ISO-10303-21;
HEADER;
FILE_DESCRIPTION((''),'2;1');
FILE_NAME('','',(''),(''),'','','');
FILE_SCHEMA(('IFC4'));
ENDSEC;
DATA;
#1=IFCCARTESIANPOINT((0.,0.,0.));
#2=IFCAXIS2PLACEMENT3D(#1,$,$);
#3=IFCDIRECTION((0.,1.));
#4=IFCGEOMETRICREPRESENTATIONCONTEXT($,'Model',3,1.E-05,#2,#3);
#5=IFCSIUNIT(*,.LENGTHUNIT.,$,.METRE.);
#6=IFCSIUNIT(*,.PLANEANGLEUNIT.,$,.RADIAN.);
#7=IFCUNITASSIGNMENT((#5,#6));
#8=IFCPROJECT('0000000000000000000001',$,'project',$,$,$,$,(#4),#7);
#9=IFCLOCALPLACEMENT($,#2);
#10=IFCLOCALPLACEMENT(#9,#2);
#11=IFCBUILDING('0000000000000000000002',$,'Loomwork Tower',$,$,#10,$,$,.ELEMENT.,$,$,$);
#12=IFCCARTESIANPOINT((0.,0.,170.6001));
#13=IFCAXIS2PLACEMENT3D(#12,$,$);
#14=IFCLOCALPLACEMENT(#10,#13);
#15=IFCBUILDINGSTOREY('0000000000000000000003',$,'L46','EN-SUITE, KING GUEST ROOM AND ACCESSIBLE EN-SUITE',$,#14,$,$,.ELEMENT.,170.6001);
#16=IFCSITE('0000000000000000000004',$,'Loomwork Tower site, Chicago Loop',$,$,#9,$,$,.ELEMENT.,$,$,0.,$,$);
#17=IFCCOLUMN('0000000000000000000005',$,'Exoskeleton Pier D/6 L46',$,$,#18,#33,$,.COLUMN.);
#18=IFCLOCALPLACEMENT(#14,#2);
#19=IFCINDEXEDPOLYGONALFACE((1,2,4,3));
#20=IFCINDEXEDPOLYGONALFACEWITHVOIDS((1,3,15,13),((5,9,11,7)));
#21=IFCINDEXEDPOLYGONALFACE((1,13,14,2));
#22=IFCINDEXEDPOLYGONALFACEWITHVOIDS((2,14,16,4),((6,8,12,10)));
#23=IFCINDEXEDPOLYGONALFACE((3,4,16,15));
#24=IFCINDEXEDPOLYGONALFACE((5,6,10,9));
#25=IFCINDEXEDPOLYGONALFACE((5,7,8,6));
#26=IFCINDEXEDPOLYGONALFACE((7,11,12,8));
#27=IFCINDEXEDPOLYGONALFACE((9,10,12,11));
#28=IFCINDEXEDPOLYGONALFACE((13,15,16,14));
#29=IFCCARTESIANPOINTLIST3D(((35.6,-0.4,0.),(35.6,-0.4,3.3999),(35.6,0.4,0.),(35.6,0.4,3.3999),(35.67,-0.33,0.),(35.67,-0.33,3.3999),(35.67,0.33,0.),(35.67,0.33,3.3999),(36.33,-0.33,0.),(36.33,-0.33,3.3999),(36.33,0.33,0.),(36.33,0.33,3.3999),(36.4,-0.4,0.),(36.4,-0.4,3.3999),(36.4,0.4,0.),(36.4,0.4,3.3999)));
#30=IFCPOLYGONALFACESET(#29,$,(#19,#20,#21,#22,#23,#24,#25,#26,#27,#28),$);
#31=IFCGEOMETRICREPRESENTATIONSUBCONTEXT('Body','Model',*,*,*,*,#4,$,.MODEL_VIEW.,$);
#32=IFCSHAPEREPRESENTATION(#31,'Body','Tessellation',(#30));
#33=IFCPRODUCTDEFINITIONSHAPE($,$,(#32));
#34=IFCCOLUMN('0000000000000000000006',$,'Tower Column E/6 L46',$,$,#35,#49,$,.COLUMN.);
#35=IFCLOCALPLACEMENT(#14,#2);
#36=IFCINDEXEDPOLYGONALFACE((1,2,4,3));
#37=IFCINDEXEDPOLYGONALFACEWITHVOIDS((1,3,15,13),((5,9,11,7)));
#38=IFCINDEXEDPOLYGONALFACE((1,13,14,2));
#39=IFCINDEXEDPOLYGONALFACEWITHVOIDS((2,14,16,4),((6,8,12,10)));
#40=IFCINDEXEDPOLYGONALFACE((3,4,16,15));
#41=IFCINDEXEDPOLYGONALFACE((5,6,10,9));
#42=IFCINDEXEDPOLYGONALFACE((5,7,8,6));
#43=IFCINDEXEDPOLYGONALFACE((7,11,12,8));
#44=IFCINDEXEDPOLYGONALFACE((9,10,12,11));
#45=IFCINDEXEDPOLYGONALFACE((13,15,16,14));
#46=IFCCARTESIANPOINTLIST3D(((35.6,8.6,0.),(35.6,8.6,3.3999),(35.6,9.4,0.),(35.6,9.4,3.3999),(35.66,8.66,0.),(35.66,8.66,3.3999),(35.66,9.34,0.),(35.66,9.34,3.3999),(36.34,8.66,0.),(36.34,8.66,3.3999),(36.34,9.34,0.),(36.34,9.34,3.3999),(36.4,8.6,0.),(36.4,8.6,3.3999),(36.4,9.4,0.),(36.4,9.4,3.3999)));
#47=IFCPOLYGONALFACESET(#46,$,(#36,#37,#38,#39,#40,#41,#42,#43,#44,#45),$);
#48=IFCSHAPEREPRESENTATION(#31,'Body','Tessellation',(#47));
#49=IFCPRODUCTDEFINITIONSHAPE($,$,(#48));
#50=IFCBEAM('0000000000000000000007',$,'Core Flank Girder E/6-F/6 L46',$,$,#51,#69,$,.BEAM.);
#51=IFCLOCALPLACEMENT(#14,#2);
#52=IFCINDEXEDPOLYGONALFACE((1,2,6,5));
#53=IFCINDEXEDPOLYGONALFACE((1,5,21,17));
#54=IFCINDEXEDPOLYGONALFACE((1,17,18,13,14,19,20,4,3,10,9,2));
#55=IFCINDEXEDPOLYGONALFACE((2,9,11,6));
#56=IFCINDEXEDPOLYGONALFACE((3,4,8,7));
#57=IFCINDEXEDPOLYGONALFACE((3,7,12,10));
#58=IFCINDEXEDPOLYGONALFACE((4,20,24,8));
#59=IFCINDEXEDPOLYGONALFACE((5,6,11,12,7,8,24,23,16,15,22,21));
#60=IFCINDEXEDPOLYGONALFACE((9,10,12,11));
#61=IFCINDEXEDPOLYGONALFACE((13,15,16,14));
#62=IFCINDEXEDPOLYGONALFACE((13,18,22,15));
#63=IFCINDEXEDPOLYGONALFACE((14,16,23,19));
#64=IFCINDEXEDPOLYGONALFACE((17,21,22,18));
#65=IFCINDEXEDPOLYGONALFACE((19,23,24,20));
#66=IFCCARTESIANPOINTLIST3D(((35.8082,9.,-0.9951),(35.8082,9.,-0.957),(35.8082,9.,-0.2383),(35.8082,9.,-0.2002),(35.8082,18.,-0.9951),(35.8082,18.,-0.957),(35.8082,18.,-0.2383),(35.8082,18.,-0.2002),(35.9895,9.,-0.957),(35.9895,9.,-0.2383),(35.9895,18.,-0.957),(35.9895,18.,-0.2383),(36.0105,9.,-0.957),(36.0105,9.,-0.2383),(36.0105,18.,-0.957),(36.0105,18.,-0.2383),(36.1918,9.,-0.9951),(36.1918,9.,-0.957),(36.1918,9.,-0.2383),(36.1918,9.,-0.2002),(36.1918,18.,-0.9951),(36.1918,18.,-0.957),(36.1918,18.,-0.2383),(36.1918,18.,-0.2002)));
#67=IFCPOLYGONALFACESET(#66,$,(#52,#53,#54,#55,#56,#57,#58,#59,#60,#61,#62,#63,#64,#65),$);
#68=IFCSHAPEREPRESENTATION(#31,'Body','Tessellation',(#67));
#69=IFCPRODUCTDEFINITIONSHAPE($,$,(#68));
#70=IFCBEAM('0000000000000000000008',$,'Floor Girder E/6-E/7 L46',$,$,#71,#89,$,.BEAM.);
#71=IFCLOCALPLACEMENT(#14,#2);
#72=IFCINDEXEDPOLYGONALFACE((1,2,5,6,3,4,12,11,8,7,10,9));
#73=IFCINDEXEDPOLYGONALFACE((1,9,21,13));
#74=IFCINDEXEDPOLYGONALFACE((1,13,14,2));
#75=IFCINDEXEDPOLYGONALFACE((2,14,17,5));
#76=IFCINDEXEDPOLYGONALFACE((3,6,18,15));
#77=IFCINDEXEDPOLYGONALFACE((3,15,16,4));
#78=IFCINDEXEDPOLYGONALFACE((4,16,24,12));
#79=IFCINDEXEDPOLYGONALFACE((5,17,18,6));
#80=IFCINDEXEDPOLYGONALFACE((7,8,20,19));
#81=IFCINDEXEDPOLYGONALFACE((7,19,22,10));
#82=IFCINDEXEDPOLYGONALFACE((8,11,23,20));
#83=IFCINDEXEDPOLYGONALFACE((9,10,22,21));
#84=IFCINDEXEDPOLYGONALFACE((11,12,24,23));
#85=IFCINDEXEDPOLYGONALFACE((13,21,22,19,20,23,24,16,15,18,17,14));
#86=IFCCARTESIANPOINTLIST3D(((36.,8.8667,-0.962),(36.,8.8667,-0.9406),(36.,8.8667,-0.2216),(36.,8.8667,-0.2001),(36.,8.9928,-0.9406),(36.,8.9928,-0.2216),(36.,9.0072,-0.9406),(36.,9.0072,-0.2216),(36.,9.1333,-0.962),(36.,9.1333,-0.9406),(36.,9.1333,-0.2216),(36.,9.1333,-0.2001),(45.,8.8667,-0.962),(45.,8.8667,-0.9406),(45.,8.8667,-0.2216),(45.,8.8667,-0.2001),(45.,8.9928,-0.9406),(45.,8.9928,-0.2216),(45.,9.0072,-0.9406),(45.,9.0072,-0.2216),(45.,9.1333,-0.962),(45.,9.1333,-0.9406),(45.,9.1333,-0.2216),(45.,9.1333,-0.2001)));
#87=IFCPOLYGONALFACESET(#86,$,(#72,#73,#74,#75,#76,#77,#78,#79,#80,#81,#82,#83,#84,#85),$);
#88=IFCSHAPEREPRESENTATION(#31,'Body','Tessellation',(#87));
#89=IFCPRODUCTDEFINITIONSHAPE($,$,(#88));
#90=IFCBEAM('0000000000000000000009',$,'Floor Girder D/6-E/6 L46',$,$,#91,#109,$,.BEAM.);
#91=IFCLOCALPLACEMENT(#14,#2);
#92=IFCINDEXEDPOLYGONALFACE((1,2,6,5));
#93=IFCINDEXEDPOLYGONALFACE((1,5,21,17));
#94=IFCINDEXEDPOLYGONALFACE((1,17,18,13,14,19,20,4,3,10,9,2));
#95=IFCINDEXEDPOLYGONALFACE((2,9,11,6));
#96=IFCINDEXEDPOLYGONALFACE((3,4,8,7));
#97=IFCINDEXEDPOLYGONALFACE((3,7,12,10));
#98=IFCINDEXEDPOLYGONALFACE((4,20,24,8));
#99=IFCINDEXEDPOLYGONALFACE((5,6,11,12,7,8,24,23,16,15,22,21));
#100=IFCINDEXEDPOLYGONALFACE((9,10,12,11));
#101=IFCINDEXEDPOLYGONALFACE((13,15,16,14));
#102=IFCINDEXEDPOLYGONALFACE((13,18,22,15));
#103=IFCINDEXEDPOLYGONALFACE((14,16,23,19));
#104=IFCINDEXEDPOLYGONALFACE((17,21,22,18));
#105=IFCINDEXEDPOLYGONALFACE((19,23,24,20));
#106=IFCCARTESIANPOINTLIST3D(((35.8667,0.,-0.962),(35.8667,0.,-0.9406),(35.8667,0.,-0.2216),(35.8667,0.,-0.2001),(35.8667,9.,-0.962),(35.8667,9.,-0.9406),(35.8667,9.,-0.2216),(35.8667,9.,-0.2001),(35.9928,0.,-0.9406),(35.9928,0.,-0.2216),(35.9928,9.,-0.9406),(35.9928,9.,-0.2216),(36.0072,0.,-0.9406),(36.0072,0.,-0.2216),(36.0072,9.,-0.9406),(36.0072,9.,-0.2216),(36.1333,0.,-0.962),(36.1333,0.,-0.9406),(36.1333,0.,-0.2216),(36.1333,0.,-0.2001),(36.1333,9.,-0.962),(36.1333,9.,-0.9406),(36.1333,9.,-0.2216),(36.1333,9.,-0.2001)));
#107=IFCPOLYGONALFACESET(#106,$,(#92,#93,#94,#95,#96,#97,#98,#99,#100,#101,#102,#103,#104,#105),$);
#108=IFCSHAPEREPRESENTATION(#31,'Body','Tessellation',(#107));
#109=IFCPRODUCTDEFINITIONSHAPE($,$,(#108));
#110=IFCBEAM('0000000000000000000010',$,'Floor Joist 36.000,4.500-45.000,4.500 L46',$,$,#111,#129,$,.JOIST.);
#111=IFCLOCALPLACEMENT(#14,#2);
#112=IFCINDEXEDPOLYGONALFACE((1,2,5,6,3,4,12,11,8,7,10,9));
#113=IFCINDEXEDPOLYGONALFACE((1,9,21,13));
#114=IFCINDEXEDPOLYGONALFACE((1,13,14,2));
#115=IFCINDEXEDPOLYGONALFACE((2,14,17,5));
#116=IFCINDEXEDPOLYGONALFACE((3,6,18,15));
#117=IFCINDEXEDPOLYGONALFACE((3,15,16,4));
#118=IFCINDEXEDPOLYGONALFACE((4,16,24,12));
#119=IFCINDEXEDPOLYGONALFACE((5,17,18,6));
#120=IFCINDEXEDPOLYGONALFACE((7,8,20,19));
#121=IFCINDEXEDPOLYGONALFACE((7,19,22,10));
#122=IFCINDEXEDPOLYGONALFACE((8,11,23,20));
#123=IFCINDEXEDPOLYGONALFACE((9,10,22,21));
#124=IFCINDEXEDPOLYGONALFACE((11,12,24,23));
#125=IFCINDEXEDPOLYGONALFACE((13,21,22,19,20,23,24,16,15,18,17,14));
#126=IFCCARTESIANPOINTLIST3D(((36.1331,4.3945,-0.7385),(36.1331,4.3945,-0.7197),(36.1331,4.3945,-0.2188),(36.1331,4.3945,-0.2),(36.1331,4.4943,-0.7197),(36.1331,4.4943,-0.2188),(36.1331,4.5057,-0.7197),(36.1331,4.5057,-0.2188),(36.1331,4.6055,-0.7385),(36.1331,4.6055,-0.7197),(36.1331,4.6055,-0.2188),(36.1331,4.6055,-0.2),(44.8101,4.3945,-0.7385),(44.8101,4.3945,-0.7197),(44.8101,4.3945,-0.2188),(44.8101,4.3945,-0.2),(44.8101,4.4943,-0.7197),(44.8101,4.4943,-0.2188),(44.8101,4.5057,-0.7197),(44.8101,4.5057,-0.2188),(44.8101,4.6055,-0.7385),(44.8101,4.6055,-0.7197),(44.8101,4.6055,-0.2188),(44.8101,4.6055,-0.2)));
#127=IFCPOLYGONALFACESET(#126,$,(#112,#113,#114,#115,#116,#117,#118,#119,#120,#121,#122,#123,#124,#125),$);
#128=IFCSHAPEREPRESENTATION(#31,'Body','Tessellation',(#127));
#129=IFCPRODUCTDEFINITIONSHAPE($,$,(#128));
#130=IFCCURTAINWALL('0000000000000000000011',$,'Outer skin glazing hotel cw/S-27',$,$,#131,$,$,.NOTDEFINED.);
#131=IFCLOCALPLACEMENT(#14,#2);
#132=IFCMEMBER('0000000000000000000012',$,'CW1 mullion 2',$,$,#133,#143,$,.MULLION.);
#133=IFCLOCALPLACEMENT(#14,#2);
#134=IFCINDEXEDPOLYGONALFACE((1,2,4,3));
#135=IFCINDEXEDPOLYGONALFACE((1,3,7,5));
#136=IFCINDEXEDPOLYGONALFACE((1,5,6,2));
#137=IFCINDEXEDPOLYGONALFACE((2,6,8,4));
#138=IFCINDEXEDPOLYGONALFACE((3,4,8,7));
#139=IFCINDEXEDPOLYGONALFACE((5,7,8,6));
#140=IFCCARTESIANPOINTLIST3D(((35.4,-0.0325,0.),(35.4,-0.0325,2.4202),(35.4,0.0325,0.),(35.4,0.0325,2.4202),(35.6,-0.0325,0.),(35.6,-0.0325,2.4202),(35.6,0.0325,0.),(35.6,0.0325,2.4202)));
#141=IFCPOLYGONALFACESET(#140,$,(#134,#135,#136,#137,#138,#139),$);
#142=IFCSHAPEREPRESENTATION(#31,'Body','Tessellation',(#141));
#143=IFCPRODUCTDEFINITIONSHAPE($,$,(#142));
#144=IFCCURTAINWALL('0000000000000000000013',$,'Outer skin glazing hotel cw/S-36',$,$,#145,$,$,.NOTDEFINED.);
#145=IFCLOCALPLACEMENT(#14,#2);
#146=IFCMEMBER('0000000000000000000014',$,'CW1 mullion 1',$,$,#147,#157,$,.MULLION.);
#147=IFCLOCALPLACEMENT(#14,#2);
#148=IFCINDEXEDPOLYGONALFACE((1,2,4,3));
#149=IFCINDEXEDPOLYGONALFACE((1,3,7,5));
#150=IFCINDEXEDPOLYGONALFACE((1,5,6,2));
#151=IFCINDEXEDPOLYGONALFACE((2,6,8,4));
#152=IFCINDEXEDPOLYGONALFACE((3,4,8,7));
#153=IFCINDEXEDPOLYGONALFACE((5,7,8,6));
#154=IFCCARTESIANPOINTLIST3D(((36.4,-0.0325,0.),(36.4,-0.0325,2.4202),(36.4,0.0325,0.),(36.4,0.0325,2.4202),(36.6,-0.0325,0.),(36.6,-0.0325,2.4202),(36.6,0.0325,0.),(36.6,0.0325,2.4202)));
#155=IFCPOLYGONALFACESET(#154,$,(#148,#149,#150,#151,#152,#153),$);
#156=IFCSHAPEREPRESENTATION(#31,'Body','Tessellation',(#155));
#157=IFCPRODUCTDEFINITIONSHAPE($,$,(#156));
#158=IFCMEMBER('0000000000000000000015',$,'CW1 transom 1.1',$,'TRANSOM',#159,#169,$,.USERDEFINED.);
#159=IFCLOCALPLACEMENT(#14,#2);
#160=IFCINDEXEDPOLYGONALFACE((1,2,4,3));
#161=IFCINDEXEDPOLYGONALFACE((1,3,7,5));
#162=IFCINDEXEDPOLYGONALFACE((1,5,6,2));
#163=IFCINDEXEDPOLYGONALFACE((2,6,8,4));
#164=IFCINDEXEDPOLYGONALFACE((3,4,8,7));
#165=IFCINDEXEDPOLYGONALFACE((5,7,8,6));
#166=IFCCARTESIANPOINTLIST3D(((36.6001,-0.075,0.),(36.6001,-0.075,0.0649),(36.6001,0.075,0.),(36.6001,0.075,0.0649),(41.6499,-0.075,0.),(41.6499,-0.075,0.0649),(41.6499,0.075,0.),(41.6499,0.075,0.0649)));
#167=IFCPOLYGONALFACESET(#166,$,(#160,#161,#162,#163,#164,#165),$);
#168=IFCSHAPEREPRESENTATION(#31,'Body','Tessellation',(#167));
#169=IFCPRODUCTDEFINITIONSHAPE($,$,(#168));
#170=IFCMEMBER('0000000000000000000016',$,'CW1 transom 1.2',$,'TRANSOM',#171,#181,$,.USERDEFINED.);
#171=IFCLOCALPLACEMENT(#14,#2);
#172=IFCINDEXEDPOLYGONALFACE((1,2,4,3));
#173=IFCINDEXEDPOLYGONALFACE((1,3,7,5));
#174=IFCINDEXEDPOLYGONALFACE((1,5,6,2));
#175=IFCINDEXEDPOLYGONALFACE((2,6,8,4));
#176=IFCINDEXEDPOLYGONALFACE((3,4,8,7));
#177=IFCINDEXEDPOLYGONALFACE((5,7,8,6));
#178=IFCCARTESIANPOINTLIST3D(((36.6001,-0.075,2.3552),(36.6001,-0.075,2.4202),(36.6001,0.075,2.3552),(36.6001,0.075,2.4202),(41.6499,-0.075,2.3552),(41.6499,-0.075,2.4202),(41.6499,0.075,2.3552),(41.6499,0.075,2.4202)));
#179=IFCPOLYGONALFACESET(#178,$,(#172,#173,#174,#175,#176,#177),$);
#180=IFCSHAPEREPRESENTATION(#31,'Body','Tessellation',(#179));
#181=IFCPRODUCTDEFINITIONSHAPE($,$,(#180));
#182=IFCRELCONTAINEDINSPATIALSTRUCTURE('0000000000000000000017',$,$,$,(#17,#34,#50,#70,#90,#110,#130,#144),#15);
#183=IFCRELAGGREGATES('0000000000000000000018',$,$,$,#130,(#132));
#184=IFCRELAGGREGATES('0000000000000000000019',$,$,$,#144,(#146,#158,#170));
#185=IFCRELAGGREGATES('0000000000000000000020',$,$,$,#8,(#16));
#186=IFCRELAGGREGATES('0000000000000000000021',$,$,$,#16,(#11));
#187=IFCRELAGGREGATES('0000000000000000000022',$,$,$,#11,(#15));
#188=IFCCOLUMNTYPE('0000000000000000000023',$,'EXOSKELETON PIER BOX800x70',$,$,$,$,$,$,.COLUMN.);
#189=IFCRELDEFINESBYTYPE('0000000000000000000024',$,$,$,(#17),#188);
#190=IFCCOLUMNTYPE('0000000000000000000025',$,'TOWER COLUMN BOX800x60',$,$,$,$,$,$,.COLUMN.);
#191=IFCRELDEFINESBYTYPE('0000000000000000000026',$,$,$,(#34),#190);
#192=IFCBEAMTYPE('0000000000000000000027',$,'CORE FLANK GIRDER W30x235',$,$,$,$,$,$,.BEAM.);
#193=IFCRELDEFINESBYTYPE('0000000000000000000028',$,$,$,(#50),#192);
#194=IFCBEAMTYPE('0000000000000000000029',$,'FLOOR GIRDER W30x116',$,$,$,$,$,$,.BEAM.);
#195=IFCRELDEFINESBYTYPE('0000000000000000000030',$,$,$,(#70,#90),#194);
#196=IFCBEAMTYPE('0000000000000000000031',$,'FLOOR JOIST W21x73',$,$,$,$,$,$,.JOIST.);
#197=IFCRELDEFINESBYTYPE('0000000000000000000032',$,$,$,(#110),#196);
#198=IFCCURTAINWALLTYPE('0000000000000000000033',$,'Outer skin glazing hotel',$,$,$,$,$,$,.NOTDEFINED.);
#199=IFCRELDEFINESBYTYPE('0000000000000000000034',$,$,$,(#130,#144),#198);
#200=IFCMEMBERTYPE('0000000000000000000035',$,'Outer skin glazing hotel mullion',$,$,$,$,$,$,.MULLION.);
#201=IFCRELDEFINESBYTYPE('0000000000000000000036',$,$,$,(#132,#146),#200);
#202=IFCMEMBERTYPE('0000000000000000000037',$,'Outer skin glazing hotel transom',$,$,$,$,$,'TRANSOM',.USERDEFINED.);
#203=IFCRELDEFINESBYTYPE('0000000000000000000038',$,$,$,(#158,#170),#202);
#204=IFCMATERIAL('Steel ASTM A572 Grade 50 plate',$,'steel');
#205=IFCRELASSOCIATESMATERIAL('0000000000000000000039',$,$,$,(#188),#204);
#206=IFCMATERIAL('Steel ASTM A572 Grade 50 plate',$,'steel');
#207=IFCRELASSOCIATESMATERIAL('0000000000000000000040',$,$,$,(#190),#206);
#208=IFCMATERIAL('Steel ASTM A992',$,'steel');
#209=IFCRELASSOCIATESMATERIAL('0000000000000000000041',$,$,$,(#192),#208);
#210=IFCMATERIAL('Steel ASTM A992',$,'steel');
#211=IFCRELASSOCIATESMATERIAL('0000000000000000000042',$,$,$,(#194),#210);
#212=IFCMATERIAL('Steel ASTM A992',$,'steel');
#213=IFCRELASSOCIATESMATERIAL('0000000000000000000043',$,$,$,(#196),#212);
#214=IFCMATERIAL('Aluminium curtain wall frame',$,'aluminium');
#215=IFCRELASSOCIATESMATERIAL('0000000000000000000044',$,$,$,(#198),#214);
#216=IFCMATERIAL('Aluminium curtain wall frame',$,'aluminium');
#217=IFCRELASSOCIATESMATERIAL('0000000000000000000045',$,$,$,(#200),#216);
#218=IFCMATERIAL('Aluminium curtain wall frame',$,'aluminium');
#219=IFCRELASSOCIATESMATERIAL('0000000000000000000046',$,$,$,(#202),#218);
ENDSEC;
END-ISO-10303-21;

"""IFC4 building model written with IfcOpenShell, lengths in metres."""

from ifc_helpers import new_model, si_unit, direction, frame, origin, origin_2d, place, context, subcontext, project, spatial, rectangle, hollow_rectangle, i_section, extrude, material, material_profile, profile_set, type_object, element, aggregate, save


model = new_model("IFC4")

# Units and contexts
model_context = context("Model", 3, precision=1e-05, world=origin(), true_north=direction((0.0, 1.0)))
body_context = subcontext(model_context, "Body", "Model", "MODEL_VIEW")
ifc_project = project(units=[si_unit("LENGTHUNIT", "METRE"), si_unit("PLANEANGLEUNIT", "RADIAN")], contexts=[model_context])

# Site, building, storey
site_placement = place(None, origin())
site = spatial("IfcSite", under=ifc_project, at=site_placement, Name="Loomwork Tower site, Chicago Loop", CompositionType="ELEMENT", RefElevation=0.0)
building_placement = place(site_placement, origin())
building = spatial("IfcBuilding", under=site, at=building_placement, Name="Loomwork Tower", CompositionType="ELEMENT")
storey_placement = place(building_placement, frame((0.0, 0.0, 170.6001)))
storey = spatial("IfcBuildingStorey", under=building, at=storey_placement, Name="L46", Description="EN-SUITE, KING GUEST ROOM AND ACCESSIBLE EN-SUITE", CompositionType="ELEMENT", Elevation=170.6001)

# Columns
ifc_material_1 = material(Name="Steel ASTM A572 Grade 50 plate", Category="steel")
ifc_material_profile_1 = material_profile(ifc_material_1, hollow_rectangle(XDim=0.8, YDim=0.8, WallThickness=0.0701, at=origin_2d()), Name="BOX800x70")
ifc_profile_set_1 = profile_set([ifc_material_profile_1], Name="Steel ASTM A572 Grade 50 plate")
column_type_1 = type_object("IfcColumnType", Name="EXOSKELETON PIER BOX800x70", PredefinedType="COLUMN", material=ifc_profile_set_1)
column_1_placement = place(storey_placement, frame((36.0, 0.0, 0.0), z_axis=(0.0, 0.0, 1.0), x_axis=(1.0, 0.0, 0.0)))
element("IfcColumn", 1, at=column_1_placement, inside=storey, type_object=column_type_1, Name="Exoskeleton Pier D/6 L46", PredefinedType="COLUMN", context=body_context, shape_type="SweptSolid", body=[
    extrude(hollow_rectangle(XDim=0.8, YDim=0.8, WallThickness=0.0701, at=origin_2d()), origin(), (0.0, 0.0, 1.0), 3.3999),
])
ifc_material_2 = material(Name="Steel ASTM A572 Grade 50 plate", Category="steel")
ifc_material_profile_2 = material_profile(ifc_material_2, hollow_rectangle(XDim=0.8, YDim=0.8, WallThickness=0.0601, at=origin_2d()), Name="BOX800x60")
ifc_profile_set_2 = profile_set([ifc_material_profile_2], Name="Steel ASTM A572 Grade 50 plate")
column_type_2 = type_object("IfcColumnType", Name="TOWER COLUMN BOX800x60", PredefinedType="COLUMN", material=ifc_profile_set_2)
column_2_placement = place(storey_placement, frame((36.0, 9.0, 0.0), z_axis=(0.0, 0.0, 1.0), x_axis=(0.0, 1.0, 0.0)))
element("IfcColumn", 2, at=column_2_placement, inside=storey, type_object=column_type_2, Name="Tower Column E/6 L46", PredefinedType="COLUMN", context=body_context, shape_type="SweptSolid", body=[
    extrude(hollow_rectangle(XDim=0.8, YDim=0.8, WallThickness=0.0601, at=origin_2d()), origin(), (0.0, 0.0, 1.0), 3.3999),
])

# Beams
ifc_material_3 = material(Name="Steel ASTM A992", Category="steel")
ifc_material_profile_3 = material_profile(ifc_material_3, i_section(OverallWidth=0.3835, OverallDepth=0.7949, WebThickness=0.021, FlangeThickness=0.0381, at=origin_2d()), Name="W30x235")
ifc_profile_set_3 = profile_set([ifc_material_profile_3], Name="Steel ASTM A992")
beam_type_1 = type_object("IfcBeamType", Name="CORE FLANK GIRDER W30x235", PredefinedType="BEAM", material=ifc_profile_set_3)
beam_1_placement = place(storey_placement, frame((36.0, 9.0, -0.5977), z_axis=(0.0, 1.0, 0.0), x_axis=(-1.0, 0.0, 0.0)))
element("IfcBeam", 3, at=beam_1_placement, inside=storey, type_object=beam_type_1, Name="Core Flank Girder E/6-F/6 L46", PredefinedType="BEAM", context=body_context, shape_type="SweptSolid", body=[
    extrude(i_section(OverallWidth=0.3835, OverallDepth=0.7949, WebThickness=0.021, FlangeThickness=0.0381, at=origin_2d()), origin(), (0.0, 0.0, 1.0), 9.0),
])
ifc_material_4 = material(Name="Steel ASTM A992", Category="steel")
ifc_material_profile_4 = material_profile(ifc_material_4, i_section(OverallWidth=0.2666, OverallDepth=0.762, WebThickness=0.0144, FlangeThickness=0.0215, at=origin_2d()), Name="W30x116")
ifc_profile_set_4 = profile_set([ifc_material_profile_4], Name="Steel ASTM A992")
beam_type_2 = type_object("IfcBeamType", Name="FLOOR GIRDER W30x116", PredefinedType="BEAM", material=ifc_profile_set_4)
for number, where, z_axis, x_axis, name in (
    (4, (36.0, 9.0, -0.5811), (1.0, 0.0, 0.0), (0.0, 1.0, 0.0), "Floor Girder E/6-E/7 L46"),
    (5, (36.0, 0.0, -0.5811), (0.0, 1.0, 0.0), (-1.0, 0.0, 0.0), "Floor Girder D/6-E/6 L46"),
):
    element("IfcBeam", number, at=place(storey_placement, frame(where, z_axis=z_axis, x_axis=x_axis)), inside=storey, type_object=beam_type_2, Name=name, PredefinedType="BEAM", context=body_context, shape_type="SweptSolid", body=[
        extrude(i_section(OverallWidth=0.2666, OverallDepth=0.762, WebThickness=0.0144, FlangeThickness=0.0215, at=origin_2d()), origin(), (0.0, 0.0, 1.0), 9.0),
    ])
ifc_material_5 = material(Name="Steel ASTM A992", Category="steel")
ifc_material_profile_5 = material_profile(ifc_material_5, i_section(OverallWidth=0.2109, OverallDepth=0.5386, WebThickness=0.0115, FlangeThickness=0.0188, at=origin_2d()), Name="W21x73")
ifc_profile_set_5 = profile_set([ifc_material_profile_5], Name="Steel ASTM A992")
beam_type_3 = type_object("IfcBeamType", Name="FLOOR JOIST W21x73", PredefinedType="JOIST", material=ifc_profile_set_5)
beam_2_placement = place(storey_placement, frame((36.1331, 4.5, -0.4692), z_axis=(1.0, 0.0, 0.0), x_axis=(0.0, 1.0, 0.0)))
element("IfcBeam", 6, at=beam_2_placement, inside=storey, type_object=beam_type_3, Name="Floor Joist 36.000,4.500-45.000,4.500 L46", PredefinedType="JOIST", context=body_context, shape_type="SweptSolid", body=[
    extrude(i_section(OverallWidth=0.2109, OverallDepth=0.5386, WebThickness=0.0115, FlangeThickness=0.0188, at=origin_2d()), origin(), (0.0, 0.0, 1.0), 8.677),
])

# Curtain wall, member
ifc_material_6 = material(Name="Aluminium curtain wall frame", Category="aluminium")
curtain_wall_type = type_object("IfcCurtainWallType", Name="Outer skin glazing hotel", PredefinedType="NOTDEFINED", material=ifc_material_6)
curtain_wall_1_placement = place(storey_placement, origin())
curtain_wall_1 = element("IfcCurtainWall", 7, at=curtain_wall_1_placement, inside=storey, type_object=curtain_wall_type, Name="Outer skin glazing hotel cw/S-27", PredefinedType="NOTDEFINED")
ifc_material_7 = material(Name="Aluminium curtain wall frame", Category="aluminium")
ifc_material_profile_6 = material_profile(ifc_material_7, rectangle(XDim=0.0649, YDim=0.2, at=origin_2d()), Name="AL 65x200")
ifc_profile_set_6 = profile_set([ifc_material_profile_6], Name="Aluminium curtain wall frame")
member_type_1 = type_object("IfcMemberType", Name="Outer skin glazing hotel mullion", PredefinedType="MULLION", material=ifc_profile_set_6)
member_1_placement = place(storey_placement, frame((35.5, 0.0, 0.0), z_axis=(0.0, 0.0, 1.0), x_axis=(0.0, 1.0, 0.0)))
member_1 = element("IfcMember", 8, at=member_1_placement, type_object=member_type_1, Name="CW1 mullion 2", PredefinedType="MULLION", context=body_context, shape_type="SweptSolid", body=[
    extrude(rectangle(XDim=0.0649, YDim=0.2, at=origin_2d()), origin(), (0.0, 0.0, 1.0), 2.4202),
])
aggregate(curtain_wall_1, [member_1])

# Curtain wall, members
curtain_wall_2_placement = place(storey_placement, origin())
curtain_wall_2 = element("IfcCurtainWall", 9, at=curtain_wall_2_placement, inside=storey, type_object=curtain_wall_type, Name="Outer skin glazing hotel cw/S-36", PredefinedType="NOTDEFINED")
member_2_placement = place(storey_placement, frame((36.5, 0.0, 0.0), z_axis=(0.0, 0.0, 1.0), x_axis=(0.0, 1.0, 0.0)))
member_2 = element("IfcMember", 10, at=member_2_placement, type_object=member_type_1, Name="CW1 mullion 1", PredefinedType="MULLION", context=body_context, shape_type="SweptSolid", body=[
    extrude(rectangle(XDim=0.0649, YDim=0.2, at=origin_2d()), origin(), (0.0, 0.0, 1.0), 2.4202),
])
ifc_material_8 = material(Name="Aluminium curtain wall frame", Category="aluminium")
ifc_material_profile_7 = material_profile(ifc_material_8, rectangle(XDim=0.1499, YDim=0.0649, at=origin_2d()), Name="AL 65x150")
ifc_profile_set_7 = profile_set([ifc_material_profile_7], Name="Aluminium curtain wall frame")
member_type_2 = type_object("IfcMemberType", Name="Outer skin glazing hotel transom", ElementType="TRANSOM", PredefinedType="USERDEFINED", material=ifc_profile_set_7)
member_3_placement = place(storey_placement, frame((36.6001, 0.0, 0.0325), z_axis=(1.0, 0.0, 0.0), x_axis=(0.0, 1.0, 0.0)))
member_3 = element("IfcMember", 11, at=member_3_placement, type_object=member_type_2, Name="CW1 transom 1.1", ObjectType="TRANSOM", PredefinedType="USERDEFINED", context=body_context, shape_type="SweptSolid", body=[
    extrude(rectangle(XDim=0.1499, YDim=0.0649, at=origin_2d()), origin(), (0.0, 0.0, 1.0), 5.0498),
])
member_4_placement = place(storey_placement, frame((36.6001, 0.0, 2.3877), z_axis=(1.0, 0.0, 0.0), x_axis=(0.0, 1.0, 0.0)))
member_4 = element("IfcMember", 12, at=member_4_placement, type_object=member_type_2, Name="CW1 transom 1.2", ObjectType="TRANSOM", PredefinedType="USERDEFINED", context=body_context, shape_type="SweptSolid", body=[
    extrude(rectangle(XDim=0.1499, YDim=0.0649, at=origin_2d()), origin(), (0.0, 0.0, 1.0), 5.0498),
])

aggregate(curtain_wall_2, [member_2, member_3, member_4])

save(model, "model.ifc")
